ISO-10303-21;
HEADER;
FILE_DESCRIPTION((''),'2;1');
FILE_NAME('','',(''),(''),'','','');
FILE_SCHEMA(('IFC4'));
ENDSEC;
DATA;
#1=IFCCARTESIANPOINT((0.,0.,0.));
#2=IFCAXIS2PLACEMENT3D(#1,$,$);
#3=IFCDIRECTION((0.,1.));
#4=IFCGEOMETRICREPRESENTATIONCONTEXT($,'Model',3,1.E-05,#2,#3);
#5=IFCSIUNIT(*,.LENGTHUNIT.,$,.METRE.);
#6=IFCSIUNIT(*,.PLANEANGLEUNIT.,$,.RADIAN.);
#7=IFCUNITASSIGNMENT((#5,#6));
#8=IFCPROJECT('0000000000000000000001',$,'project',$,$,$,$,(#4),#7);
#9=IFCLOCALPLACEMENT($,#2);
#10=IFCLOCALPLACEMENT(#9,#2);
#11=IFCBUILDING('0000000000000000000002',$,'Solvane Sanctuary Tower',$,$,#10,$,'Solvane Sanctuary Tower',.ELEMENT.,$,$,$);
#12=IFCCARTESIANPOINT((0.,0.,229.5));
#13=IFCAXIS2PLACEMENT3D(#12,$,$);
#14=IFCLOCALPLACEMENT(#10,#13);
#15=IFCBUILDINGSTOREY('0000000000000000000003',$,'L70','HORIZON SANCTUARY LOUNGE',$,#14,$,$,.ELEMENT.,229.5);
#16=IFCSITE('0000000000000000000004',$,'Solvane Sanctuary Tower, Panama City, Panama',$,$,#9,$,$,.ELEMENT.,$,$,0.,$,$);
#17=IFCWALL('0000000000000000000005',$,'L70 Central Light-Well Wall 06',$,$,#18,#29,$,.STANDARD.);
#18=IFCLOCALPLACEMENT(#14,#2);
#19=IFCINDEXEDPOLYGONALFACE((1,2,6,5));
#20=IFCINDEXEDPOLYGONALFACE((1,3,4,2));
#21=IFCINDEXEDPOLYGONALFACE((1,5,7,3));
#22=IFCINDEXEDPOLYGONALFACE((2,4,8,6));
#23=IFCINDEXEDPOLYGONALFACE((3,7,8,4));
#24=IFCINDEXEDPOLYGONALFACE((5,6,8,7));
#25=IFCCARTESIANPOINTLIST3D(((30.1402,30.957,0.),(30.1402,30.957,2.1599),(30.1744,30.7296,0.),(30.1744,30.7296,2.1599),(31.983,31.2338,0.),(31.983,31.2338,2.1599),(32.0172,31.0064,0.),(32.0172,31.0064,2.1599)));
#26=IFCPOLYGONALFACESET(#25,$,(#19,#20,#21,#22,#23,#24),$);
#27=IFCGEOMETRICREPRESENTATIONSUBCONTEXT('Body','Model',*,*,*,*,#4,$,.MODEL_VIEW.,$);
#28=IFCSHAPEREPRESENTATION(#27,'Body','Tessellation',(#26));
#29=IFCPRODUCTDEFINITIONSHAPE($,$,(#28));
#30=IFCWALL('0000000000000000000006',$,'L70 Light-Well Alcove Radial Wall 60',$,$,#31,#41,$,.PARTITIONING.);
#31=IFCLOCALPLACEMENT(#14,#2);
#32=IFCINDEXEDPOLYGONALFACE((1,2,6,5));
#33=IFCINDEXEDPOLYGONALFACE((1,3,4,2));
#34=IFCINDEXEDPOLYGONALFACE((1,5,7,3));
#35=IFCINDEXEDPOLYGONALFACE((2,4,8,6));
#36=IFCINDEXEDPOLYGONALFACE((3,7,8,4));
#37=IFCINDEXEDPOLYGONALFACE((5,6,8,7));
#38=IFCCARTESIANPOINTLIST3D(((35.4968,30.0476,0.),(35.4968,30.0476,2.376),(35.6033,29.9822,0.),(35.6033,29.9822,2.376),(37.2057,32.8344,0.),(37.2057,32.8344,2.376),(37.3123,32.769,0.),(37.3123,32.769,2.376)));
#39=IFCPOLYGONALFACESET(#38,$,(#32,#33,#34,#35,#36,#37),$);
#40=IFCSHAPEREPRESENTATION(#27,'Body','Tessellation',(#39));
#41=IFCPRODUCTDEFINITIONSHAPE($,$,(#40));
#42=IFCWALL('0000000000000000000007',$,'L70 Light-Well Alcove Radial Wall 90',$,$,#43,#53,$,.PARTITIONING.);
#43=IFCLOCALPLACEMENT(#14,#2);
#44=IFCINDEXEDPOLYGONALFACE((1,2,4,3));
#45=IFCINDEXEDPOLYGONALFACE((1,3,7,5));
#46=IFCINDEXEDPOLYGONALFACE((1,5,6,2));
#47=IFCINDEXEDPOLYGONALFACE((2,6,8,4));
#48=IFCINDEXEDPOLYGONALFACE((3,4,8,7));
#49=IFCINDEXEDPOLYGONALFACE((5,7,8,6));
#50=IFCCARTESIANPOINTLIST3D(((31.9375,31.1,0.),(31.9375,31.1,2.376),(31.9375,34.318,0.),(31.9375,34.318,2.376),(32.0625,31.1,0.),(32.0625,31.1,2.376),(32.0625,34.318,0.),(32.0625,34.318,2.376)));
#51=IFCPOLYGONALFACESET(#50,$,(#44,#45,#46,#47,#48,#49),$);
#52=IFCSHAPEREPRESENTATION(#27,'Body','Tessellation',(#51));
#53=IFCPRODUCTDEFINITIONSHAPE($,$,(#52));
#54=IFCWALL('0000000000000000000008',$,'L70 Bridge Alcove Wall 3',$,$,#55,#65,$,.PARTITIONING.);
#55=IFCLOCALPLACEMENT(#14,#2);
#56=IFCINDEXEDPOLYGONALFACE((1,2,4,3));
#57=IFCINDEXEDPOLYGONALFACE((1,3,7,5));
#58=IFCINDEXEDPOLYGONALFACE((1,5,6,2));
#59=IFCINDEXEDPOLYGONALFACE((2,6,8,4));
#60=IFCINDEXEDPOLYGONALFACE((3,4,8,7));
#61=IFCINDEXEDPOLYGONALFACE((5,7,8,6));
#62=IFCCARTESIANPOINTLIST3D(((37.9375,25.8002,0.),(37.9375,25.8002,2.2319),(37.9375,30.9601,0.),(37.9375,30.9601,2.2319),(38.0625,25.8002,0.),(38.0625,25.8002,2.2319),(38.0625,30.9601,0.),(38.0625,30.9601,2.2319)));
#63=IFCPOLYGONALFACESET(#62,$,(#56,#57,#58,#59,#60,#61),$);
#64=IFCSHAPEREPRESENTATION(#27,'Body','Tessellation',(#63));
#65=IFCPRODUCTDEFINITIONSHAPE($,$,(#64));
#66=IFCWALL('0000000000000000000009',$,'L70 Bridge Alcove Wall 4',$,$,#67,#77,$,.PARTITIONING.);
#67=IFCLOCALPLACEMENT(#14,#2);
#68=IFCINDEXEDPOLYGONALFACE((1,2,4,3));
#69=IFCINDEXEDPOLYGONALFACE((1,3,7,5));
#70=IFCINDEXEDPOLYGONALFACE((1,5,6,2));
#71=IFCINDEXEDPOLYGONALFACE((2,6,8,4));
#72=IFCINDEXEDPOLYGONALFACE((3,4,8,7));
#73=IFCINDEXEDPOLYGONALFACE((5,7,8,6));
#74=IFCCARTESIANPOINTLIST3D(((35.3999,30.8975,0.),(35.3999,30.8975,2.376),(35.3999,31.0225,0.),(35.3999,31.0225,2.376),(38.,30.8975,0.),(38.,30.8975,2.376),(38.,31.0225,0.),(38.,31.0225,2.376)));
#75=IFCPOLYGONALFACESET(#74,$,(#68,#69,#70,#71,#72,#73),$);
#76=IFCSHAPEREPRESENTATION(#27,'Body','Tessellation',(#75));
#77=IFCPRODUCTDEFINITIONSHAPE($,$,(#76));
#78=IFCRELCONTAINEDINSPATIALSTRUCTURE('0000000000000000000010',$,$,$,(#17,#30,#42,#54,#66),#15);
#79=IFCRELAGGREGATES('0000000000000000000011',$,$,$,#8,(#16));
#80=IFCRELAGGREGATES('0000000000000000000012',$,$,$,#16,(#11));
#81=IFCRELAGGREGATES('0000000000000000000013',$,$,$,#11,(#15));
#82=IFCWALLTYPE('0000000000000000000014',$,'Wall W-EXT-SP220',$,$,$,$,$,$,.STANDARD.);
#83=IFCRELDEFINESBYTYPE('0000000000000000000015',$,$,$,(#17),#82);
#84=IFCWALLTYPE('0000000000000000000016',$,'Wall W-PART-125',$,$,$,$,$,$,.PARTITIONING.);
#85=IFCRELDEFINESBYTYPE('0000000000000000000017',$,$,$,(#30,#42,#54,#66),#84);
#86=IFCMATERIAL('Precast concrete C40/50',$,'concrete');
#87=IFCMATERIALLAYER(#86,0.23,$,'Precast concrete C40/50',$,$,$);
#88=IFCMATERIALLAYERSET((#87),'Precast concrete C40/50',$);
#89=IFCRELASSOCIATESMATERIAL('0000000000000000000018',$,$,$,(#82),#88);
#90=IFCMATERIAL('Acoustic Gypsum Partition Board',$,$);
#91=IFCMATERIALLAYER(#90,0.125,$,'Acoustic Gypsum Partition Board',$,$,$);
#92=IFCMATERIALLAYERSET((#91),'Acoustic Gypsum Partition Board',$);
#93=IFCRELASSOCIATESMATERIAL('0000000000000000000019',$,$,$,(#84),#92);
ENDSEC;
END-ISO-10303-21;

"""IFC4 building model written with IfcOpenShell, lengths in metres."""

from ifc_helpers import new_model, si_unit, direction, frame, frame_2d, origin, place, context, subcontext, project, spatial, rectangle, extrude, material, layer, layer_set, type_object, element, save


model = new_model("IFC4")

# Units and contexts
model_context = context("Model", 3, precision=1e-05, world=origin(), true_north=direction((0.0, 1.0)))
body_context = subcontext(model_context, "Body", "Model", "MODEL_VIEW")
ifc_project = project(units=[si_unit("LENGTHUNIT", "METRE"), si_unit("PLANEANGLEUNIT", "RADIAN")], contexts=[model_context])

# Site, building, storey
site_placement = place(None, origin())
site = spatial("IfcSite", under=ifc_project, at=site_placement, Name="Solvane Sanctuary Tower, Panama City, Panama", CompositionType="ELEMENT", RefElevation=0.0)
building_placement = place(site_placement, origin())
building = spatial("IfcBuilding", under=site, at=building_placement, Name="Solvane Sanctuary Tower", LongName="Solvane Sanctuary Tower", CompositionType="ELEMENT")
storey_placement = place(building_placement, frame((0.0, 0.0, 229.5)))
storey = spatial("IfcBuildingStorey", under=building, at=storey_placement, Name="L70", Description="HORIZON SANCTUARY LOUNGE", CompositionType="ELEMENT", Elevation=229.5)

# Walls
ifc_material_1 = material(Name="Precast concrete C40/50", Category="concrete")
ifc_layer_1 = layer(ifc_material_1, 0.23, Name="Precast concrete C40/50")
ifc_layer_set_1 = layer_set([ifc_layer_1], Name="Precast concrete C40/50")
wall_type_1 = type_object("IfcWallType", Name="Wall W-EXT-SP220", PredefinedType="STANDARD", material=ifc_layer_set_1)
for number, where, z_axis, x_axis, name in (
    (1, (32.0, 31.1201, 0.0), (0.0, 0.0, 1.0), (-0.988902, -0.148571, 0.0), "L70 Central Light-Well Wall 06"),
):
    element("IfcWall", number, at=place(storey_placement, frame(where, z_axis=z_axis, x_axis=x_axis)), inside=storey, type_object=wall_type_1, Name=name, PredefinedType="STANDARD", context=body_context, shape_type="SweptSolid", body=[
        extrude(rectangle(XDim=1.8635, YDim=0.23, at=frame_2d((0.9316, 0.0))), origin(), (0.0, 0.0, 1.0), 2.1599),
    ])
ifc_material_2 = material(Name="Acoustic Gypsum Partition Board")
ifc_layer_2 = layer(ifc_material_2, 0.125, Name="Acoustic Gypsum Partition Board")
ifc_layer_set_2 = layer_set([ifc_layer_2], Name="Acoustic Gypsum Partition Board")
wall_type_2 = type_object("IfcWallType", Name="Wall W-PART-125", PredefinedType="PARTITIONING", material=ifc_layer_set_2)
wall_1_placement = place(storey_placement, frame((35.55, 30.0149, 0.0), z_axis=(0.0, 0.0, 1.0), x_axis=(0.522763, 0.852478, 0.0)))
element("IfcWall", 2, at=wall_1_placement, inside=storey, type_object=wall_type_2, Name="L70 Light-Well Alcove Radial Wall 60", PredefinedType="PARTITIONING", context=body_context, shape_type="SweptSolid", body=[
    extrude(rectangle(XDim=3.269, YDim=0.125, at=frame_2d((1.6345, 0.0))), origin(), (0.0, 0.0, 1.0), 2.376),
])
wall_2_placement = place(storey_placement, frame((32.0, 31.1001, 0.0), z_axis=(0.0, 0.0, 1.0), x_axis=(0.0, 1.0, 0.0)))
element("IfcWall", 3, at=wall_2_placement, inside=storey, type_object=wall_type_2, Name="L70 Light-Well Alcove Radial Wall 90", PredefinedType="PARTITIONING", context=body_context, shape_type="SweptSolid", body=[
    extrude(rectangle(XDim=3.218, YDim=0.125, at=frame_2d((1.6089, 0.0))), origin(), (0.0, 0.0, 1.0), 2.376),
])
wall_3_placement = place(storey_placement, frame((38.0, 25.8, 0.0), z_axis=(0.0, 0.0, 1.0), x_axis=(0.0, 1.0, 0.0)))
element("IfcWall", 4, at=wall_3_placement, inside=storey, type_object=wall_type_2, Name="L70 Bridge Alcove Wall 3", PredefinedType="PARTITIONING", context=body_context, shape_type="SweptSolid", body=[
    extrude(rectangle(XDim=5.1599, YDim=0.125, at=frame_2d((2.5801, 0.0))), origin(), (0.0, 0.0, 1.0), 2.2319),
])
wall_4_placement = place(storey_placement, frame((35.3999, 30.96, 0.0), z_axis=(0.0, 0.0, 1.0), x_axis=(1.0, 0.0, 0.0)))
element("IfcWall", 5, at=wall_4_placement, inside=storey, type_object=wall_type_2, Name="L70 Bridge Alcove Wall 4", PredefinedType="PARTITIONING", context=body_context, shape_type="SweptSolid", body=[
    extrude(rectangle(XDim=2.6001, YDim=0.125, at=frame_2d((1.3, 0.0))), origin(), (0.0, 0.0, 1.0), 2.376),
])

save(model, "model.ifc")
